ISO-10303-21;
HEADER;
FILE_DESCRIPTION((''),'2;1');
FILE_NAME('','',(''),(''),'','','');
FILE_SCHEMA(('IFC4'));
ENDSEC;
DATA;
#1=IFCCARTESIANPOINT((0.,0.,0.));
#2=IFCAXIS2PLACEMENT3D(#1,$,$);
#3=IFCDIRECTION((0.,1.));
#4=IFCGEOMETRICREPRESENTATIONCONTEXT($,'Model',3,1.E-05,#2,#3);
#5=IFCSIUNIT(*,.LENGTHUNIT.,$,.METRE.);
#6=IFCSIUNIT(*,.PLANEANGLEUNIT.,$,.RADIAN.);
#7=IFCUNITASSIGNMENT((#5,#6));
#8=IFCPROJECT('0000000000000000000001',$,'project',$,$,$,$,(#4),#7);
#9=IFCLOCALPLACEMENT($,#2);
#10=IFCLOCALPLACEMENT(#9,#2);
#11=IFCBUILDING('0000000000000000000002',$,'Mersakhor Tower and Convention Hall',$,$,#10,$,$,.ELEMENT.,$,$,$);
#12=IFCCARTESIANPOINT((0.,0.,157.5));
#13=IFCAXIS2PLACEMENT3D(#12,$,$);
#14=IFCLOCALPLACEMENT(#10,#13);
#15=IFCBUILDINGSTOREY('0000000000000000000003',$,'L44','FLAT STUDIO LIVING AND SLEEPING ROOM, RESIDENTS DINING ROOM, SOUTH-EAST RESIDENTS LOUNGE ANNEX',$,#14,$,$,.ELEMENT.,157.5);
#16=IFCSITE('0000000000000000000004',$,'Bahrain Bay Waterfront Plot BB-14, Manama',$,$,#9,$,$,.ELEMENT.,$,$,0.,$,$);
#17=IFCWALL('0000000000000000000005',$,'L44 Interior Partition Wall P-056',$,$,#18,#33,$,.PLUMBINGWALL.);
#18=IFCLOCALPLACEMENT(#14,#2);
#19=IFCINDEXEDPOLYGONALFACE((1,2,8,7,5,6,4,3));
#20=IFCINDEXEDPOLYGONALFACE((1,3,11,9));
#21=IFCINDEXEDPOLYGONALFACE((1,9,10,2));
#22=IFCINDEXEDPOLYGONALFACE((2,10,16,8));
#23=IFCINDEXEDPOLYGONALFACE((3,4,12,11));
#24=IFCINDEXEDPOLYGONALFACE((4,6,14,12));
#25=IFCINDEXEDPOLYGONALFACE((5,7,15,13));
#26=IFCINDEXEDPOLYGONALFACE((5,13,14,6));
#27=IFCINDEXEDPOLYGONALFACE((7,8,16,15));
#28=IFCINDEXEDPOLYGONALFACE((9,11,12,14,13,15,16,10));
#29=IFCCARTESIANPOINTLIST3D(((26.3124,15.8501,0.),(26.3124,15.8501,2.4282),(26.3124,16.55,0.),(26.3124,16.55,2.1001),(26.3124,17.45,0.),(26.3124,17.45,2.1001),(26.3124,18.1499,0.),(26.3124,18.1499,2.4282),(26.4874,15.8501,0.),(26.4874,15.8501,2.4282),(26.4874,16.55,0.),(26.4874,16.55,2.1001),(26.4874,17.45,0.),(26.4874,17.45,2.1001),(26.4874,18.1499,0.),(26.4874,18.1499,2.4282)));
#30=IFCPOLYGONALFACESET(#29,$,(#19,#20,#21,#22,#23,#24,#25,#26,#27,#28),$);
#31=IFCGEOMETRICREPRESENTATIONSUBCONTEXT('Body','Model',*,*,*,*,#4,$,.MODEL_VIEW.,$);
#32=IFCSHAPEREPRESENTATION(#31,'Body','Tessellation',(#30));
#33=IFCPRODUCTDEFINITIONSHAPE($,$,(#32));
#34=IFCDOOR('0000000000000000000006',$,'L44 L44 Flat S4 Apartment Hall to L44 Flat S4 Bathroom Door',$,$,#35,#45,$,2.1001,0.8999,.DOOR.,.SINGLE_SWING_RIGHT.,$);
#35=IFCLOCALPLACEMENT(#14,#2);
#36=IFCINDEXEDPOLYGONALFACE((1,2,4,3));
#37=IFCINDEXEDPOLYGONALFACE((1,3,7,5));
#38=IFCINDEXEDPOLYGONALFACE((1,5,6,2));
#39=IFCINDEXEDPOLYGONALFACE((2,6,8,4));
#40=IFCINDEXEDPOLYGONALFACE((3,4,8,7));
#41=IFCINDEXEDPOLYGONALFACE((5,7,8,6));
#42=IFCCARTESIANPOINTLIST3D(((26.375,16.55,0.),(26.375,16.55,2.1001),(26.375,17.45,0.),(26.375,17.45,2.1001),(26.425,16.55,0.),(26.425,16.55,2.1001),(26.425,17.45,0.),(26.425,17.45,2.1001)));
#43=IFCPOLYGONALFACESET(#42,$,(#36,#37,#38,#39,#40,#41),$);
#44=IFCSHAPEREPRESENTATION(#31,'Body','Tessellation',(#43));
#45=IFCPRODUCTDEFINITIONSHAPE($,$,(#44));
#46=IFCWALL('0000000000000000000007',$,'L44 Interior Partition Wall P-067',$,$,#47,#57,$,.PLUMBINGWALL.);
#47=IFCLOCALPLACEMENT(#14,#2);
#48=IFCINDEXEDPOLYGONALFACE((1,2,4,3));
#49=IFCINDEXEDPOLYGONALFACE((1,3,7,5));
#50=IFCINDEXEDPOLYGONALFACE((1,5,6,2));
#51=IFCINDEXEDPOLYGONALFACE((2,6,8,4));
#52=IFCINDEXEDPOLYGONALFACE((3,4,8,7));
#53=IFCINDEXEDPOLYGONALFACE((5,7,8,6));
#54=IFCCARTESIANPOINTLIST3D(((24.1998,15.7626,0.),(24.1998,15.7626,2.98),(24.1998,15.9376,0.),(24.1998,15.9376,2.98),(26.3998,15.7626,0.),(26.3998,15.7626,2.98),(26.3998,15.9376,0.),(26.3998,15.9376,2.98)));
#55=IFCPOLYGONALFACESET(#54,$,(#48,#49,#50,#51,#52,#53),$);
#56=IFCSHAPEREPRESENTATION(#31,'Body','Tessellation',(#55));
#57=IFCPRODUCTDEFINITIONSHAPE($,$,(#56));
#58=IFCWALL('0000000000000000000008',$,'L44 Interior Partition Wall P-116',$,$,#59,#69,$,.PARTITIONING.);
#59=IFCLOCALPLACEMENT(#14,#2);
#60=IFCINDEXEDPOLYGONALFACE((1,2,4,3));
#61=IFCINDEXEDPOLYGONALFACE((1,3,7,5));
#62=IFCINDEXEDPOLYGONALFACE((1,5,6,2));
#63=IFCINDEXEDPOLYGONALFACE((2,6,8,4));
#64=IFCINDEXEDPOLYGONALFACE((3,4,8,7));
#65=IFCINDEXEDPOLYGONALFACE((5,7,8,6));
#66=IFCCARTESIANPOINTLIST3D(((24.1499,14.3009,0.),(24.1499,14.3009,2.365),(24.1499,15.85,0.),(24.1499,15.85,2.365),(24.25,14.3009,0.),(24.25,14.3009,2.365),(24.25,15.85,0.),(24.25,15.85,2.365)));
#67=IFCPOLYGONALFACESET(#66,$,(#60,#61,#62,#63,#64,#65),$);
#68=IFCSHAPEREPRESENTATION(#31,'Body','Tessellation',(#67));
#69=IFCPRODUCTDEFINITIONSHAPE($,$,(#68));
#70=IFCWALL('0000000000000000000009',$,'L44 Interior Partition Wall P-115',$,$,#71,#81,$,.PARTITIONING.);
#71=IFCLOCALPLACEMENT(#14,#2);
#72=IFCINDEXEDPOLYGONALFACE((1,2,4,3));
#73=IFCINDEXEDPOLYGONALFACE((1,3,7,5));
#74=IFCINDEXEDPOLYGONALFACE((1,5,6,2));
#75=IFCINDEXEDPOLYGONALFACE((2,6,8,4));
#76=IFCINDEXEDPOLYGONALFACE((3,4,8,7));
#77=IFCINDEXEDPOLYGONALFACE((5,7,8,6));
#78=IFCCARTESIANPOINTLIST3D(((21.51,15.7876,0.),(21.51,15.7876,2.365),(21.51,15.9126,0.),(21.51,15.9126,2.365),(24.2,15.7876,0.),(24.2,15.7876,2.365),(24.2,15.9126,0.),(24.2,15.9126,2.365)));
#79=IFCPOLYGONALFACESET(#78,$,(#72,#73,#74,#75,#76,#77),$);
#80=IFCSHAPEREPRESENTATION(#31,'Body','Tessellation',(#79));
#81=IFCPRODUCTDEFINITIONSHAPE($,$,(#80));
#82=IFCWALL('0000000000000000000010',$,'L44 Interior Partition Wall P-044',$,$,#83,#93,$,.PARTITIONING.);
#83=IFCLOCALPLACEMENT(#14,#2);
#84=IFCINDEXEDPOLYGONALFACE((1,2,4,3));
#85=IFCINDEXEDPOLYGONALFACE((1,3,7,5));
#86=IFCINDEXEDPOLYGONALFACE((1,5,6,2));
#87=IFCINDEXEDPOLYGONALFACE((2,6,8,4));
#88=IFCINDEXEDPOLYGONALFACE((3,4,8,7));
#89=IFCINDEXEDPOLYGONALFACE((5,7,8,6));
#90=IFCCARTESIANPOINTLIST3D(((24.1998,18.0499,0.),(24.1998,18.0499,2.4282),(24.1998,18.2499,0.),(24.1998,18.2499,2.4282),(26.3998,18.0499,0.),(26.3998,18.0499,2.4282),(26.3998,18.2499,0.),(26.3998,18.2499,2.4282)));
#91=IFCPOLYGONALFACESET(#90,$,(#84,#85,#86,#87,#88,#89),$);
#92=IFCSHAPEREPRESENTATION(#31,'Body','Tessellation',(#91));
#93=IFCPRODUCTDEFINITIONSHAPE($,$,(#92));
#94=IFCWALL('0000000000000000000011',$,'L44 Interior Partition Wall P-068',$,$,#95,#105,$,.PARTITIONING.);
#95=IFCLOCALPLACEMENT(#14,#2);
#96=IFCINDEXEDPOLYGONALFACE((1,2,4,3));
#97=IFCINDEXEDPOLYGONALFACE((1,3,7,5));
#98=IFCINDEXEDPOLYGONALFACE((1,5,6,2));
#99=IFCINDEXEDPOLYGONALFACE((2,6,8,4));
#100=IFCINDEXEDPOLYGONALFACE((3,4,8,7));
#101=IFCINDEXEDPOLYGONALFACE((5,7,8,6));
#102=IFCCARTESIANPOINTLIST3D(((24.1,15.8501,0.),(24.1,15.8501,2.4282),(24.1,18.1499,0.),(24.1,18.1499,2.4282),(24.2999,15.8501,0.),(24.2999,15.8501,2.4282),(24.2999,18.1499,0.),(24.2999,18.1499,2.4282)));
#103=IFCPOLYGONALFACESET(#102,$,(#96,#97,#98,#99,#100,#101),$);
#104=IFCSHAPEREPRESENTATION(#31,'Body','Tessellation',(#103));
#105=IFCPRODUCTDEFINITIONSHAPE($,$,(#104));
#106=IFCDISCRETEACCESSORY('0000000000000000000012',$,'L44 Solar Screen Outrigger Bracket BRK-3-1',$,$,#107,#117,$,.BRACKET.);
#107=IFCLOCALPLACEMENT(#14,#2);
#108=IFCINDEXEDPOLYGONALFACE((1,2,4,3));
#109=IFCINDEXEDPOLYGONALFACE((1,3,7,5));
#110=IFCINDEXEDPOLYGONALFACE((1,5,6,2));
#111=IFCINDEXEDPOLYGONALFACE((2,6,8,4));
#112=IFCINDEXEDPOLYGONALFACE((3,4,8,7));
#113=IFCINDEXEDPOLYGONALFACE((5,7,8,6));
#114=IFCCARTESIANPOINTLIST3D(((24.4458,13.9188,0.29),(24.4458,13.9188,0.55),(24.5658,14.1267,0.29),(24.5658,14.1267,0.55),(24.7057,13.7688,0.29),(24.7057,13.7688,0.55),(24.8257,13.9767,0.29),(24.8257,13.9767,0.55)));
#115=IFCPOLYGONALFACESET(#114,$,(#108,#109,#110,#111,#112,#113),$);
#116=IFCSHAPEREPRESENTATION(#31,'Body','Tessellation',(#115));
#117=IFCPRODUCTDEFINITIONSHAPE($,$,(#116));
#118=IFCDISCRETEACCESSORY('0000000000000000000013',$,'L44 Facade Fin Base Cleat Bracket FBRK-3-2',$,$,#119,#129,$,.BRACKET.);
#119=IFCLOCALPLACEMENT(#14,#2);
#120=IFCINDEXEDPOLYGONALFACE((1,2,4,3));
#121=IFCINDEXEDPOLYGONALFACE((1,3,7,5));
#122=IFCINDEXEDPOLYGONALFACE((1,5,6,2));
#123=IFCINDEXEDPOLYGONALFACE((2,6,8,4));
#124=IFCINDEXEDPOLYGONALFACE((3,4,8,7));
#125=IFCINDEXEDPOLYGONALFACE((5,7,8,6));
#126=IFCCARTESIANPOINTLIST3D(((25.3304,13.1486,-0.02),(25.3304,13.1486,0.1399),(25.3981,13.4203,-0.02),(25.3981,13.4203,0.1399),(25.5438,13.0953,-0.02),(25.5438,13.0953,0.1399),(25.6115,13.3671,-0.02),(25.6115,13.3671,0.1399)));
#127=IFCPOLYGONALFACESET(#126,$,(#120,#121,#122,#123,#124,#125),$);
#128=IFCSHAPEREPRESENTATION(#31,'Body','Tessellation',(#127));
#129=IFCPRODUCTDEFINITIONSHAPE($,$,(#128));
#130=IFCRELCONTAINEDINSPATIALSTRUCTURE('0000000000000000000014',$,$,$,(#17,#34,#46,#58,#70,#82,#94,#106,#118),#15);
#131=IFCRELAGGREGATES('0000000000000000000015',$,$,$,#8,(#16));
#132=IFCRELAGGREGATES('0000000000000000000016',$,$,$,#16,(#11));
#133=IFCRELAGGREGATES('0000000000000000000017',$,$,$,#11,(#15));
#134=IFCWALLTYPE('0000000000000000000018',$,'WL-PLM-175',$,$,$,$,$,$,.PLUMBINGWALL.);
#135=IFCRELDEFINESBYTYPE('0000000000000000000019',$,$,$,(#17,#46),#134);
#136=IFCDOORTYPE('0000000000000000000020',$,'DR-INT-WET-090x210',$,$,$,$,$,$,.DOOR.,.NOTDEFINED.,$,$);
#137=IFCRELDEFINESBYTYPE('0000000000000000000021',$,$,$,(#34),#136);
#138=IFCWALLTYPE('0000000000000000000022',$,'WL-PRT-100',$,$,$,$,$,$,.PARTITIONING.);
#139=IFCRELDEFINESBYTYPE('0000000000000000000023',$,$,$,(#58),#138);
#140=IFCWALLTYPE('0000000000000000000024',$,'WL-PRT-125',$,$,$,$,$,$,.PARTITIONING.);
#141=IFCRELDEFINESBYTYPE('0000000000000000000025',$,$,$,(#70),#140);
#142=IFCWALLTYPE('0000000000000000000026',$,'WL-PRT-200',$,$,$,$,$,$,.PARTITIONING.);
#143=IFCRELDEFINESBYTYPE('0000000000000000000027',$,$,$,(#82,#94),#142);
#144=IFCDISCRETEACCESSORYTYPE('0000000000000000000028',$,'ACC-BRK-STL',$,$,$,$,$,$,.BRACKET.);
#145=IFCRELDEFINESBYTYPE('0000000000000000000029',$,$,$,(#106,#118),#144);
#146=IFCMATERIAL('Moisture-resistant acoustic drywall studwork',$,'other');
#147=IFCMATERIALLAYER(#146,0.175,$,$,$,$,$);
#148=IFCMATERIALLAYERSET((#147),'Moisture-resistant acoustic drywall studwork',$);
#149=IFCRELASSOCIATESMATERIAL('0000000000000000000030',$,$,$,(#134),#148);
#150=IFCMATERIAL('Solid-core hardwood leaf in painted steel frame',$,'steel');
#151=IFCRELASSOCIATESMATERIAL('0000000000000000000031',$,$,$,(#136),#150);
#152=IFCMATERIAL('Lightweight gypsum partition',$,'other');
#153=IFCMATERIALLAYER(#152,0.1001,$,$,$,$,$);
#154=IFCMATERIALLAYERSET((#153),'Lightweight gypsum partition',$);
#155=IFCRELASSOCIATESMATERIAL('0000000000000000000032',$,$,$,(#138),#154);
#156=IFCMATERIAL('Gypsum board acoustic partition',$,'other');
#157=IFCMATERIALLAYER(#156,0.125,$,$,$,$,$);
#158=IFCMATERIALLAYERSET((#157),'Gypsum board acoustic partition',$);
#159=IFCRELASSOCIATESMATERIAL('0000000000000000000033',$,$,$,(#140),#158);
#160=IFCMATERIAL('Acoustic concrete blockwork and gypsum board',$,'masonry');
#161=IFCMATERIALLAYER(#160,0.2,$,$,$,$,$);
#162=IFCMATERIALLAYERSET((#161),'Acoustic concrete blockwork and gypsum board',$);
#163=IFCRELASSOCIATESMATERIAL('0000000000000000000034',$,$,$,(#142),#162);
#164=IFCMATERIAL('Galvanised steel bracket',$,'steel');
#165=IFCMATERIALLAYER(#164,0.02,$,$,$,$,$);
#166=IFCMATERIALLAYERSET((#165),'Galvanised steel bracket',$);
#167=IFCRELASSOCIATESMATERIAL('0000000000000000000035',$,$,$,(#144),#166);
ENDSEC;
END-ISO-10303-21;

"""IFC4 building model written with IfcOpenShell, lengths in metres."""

from ifc_helpers import new_model, si_unit, direction, frame, frame_2d, origin, origin_2d, place, context, subcontext, project, spatial, rectangle, extrude, material, layer, layer_set, type_object, element, fill, save


model = new_model("IFC4")

# Units and contexts
model_context = context("Model", 3, precision=1e-05, world=origin(), true_north=direction((0.0, 1.0)))
body_context = subcontext(model_context, "Body", "Model", "MODEL_VIEW")
ifc_project = project(units=[si_unit("LENGTHUNIT", "METRE"), si_unit("PLANEANGLEUNIT", "RADIAN")], contexts=[model_context])

# Site, building, storey
site_placement = place(None, origin())
site = spatial("IfcSite", under=ifc_project, at=site_placement, Name="Bahrain Bay Waterfront Plot BB-14, Manama", CompositionType="ELEMENT", RefElevation=0.0)
building_placement = place(site_placement, origin())
building = spatial("IfcBuilding", under=site, at=building_placement, Name="Mersakhor Tower and Convention Hall", CompositionType="ELEMENT")
storey_placement = place(building_placement, frame((0.0, 0.0, 157.5)))
storey = spatial("IfcBuildingStorey", under=building, at=storey_placement, Name="L44", Description="FLAT STUDIO LIVING AND SLEEPING ROOM, RESIDENTS DINING ROOM, SOUTH-EAST RESIDENTS LOUNGE ANNEX", CompositionType="ELEMENT", Elevation=157.5)

# Wall, opening, door
ifc_material_1 = material(Name="Moisture-resistant acoustic drywall studwork", Category="other")
ifc_layer_1 = layer(ifc_material_1, 0.175)
ifc_layer_set_1 = layer_set([ifc_layer_1], Name="Moisture-resistant acoustic drywall studwork")
wall_type_1 = type_object("IfcWallType", Name="WL-PLM-175", PredefinedType="PLUMBINGWALL", material=ifc_layer_set_1)
wall_1_placement = place(storey_placement, frame((26.3999, 15.8501, 0.0), z_axis=(0.0, 0.0, 1.0), x_axis=(0.0, 1.0, 0.0)))
wall_1 = element("IfcWall", 1, at=wall_1_placement, inside=storey, type_object=wall_type_1, Name="L44 Interior Partition Wall P-056", PredefinedType="PLUMBINGWALL", context=body_context, shape_type="SweptSolid", body=[
    extrude(rectangle(XDim=2.2998, YDim=0.175, at=frame_2d((1.1499, 0.0))), origin(), (0.0, 0.0, 1.0), 2.4282),
])
opening_1_placement = place(wall_1_placement, frame((0.7, 0.0, 0.0)))
opening_1 = element("IfcOpeningElement", 2, at=opening_1_placement, cuts=wall_1, PredefinedType="OPENING", context=body_context, shape_type="SweptSolid", body=[
    extrude(rectangle(XDim=0.8999, YDim=2.1001, at=frame_2d((0.45, 1.05))), frame((0.0, 0.0974, 0.0), z_axis=(0.0, -1.0, 0.0), x_axis=(1.0, 0.0, 0.0)), (0.0, 0.0, 1.0), 0.1951),
])
ifc_material_2 = material(Name="Solid-core hardwood leaf in painted steel frame", Category="steel")
door_type_1 = type_object("IfcDoorType", Name="DR-INT-WET-090x210", OperationType="NOTDEFINED", PredefinedType="DOOR", material=ifc_material_2)
door_1_placement = place(opening_1_placement, origin())
door_1 = element("IfcDoor", 3, at=door_1_placement, inside=storey, type_object=door_type_1, Name="L44 L44 Flat S4 Apartment Hall to L44 Flat S4 Bathroom Door", OperationType="SINGLE_SWING_RIGHT", OverallHeight=2.1001, OverallWidth=0.8999, PredefinedType="DOOR", context=body_context, shape_type="SweptSolid", body=[
    extrude(rectangle(XDim=0.8999, YDim=2.1001, at=frame_2d((0.45, 1.05))), frame((0.0, 0.0249, 0.0), z_axis=(0.0, -1.0, 0.0), x_axis=(1.0, 0.0, 0.0)), (0.0, 0.0, 1.0), 0.05),
])
fill(opening_1, door_1)

# Walls
wall_2_placement = place(storey_placement, frame((26.3999, 15.8501, 0.0), z_axis=(0.0, 0.0, 1.0), x_axis=(-1.0, 0.0, 0.0)))
element("IfcWall", 4, at=wall_2_placement, inside=storey, type_object=wall_type_1, Name="L44 Interior Partition Wall P-067", PredefinedType="PLUMBINGWALL", context=body_context, shape_type="SweptSolid", body=[
    extrude(rectangle(XDim=2.2, YDim=0.175, at=frame_2d((1.1001, 0.0))), origin(), (0.0, 0.0, 1.0), 2.98),
])
ifc_material_3 = material(Name="Lightweight gypsum partition", Category="other")
ifc_layer_2 = layer(ifc_material_3, 0.1001)
ifc_layer_set_2 = layer_set([ifc_layer_2], Name="Lightweight gypsum partition")
wall_type_2 = type_object("IfcWallType", Name="WL-PRT-100", PredefinedType="PARTITIONING", material=ifc_layer_set_2)
wall_3_placement = place(storey_placement, frame((24.2, 14.301, 0.0), z_axis=(0.0, 0.0, 1.0), x_axis=(0.0, 1.0, 0.0)))
element("IfcWall", 5, at=wall_3_placement, inside=storey, type_object=wall_type_2, Name="L44 Interior Partition Wall P-116", PredefinedType="PARTITIONING", context=body_context, shape_type="SweptSolid", body=[
    extrude(rectangle(XDim=1.5491, YDim=0.1001, at=frame_2d((0.7744, 0.0))), origin(), (0.0, 0.0, 1.0), 2.365),
])
ifc_material_4 = material(Name="Gypsum board acoustic partition", Category="other")
ifc_layer_3 = layer(ifc_material_4, 0.125)
ifc_layer_set_3 = layer_set([ifc_layer_3], Name="Gypsum board acoustic partition")
wall_type_3 = type_object("IfcWallType", Name="WL-PRT-125", PredefinedType="PARTITIONING", material=ifc_layer_set_3)
wall_4_placement = place(storey_placement, frame((24.2, 15.8501, 0.0), z_axis=(0.0, 0.0, 1.0), x_axis=(-1.0, 0.0, 0.0)))
element("IfcWall", 6, at=wall_4_placement, inside=storey, type_object=wall_type_3, Name="L44 Interior Partition Wall P-115", PredefinedType="PARTITIONING", context=body_context, shape_type="SweptSolid", body=[
    extrude(rectangle(XDim=2.6899, YDim=0.125, at=frame_2d((1.345, 0.0))), origin(), (0.0, 0.0, 1.0), 2.365),
])
ifc_material_5 = material(Name="Acoustic concrete blockwork and gypsum board", Category="masonry")
ifc_layer_4 = layer(ifc_material_5, 0.2)
ifc_layer_set_4 = layer_set([ifc_layer_4], Name="Acoustic concrete blockwork and gypsum board")
wall_type_4 = type_object("IfcWallType", Name="WL-PRT-200", PredefinedType="PARTITIONING", material=ifc_layer_set_4)
wall_5_placement = place(storey_placement, frame((26.3999, 18.1499, 0.0), z_axis=(0.0, 0.0, 1.0), x_axis=(-1.0, 0.0, 0.0)))
element("IfcWall", 7, at=wall_5_placement, inside=storey, type_object=wall_type_4, Name="L44 Interior Partition Wall P-044", PredefinedType="PARTITIONING", context=body_context, shape_type="SweptSolid", body=[
    extrude(rectangle(XDim=2.2, YDim=0.2, at=frame_2d((1.1001, 0.0))), origin(), (0.0, 0.0, 1.0), 2.4282),
])

# Wall
wall_6_placement = place(storey_placement, frame((24.2, 15.8501, 0.0), z_axis=(0.0, 0.0, 1.0), x_axis=(0.0, 1.0, 0.0)))
element("IfcWall", 8, at=wall_6_placement, inside=storey, type_object=wall_type_4, Name="L44 Interior Partition Wall P-068", PredefinedType="PARTITIONING", context=body_context, shape_type="SweptSolid", body=[
    extrude(rectangle(XDim=2.2998, YDim=0.2, at=frame_2d((1.1499, 0.0))), origin(), (0.0, 0.0, 1.0), 2.4282),
])

# Discrete accessories
ifc_material_6 = material(Name="Galvanised steel bracket", Category="steel")
ifc_layer_5 = layer(ifc_material_6, 0.02)
ifc_layer_set_5 = layer_set([ifc_layer_5], Name="Galvanised steel bracket")
discrete_accessory_type = type_object("IfcDiscreteAccessoryType", Name="ACC-BRK-STL", PredefinedType="BRACKET", material=ifc_layer_set_5)
discrete_accessory_1_placement = place(storey_placement, frame((24.6357, 13.9478, 0.29), z_axis=(0.0, 0.0, 1.0), x_axis=(-0.866025, 0.5, 0.0)))
element("IfcDiscreteAccessory", 9, at=discrete_accessory_1_placement, inside=storey, type_object=discrete_accessory_type, Name="L44 Solar Screen Outrigger Bracket BRK-3-1", PredefinedType="BRACKET", context=body_context, shape_type="SweptSolid", body=[
    extrude(rectangle(XDim=0.3, YDim=0.24, at=origin_2d()), origin(), (0.0, 0.0, 1.0), 0.26),
])
discrete_accessory_2_placement = place(storey_placement, frame((25.4709, 13.2578, -0.02), z_axis=(0.0, 0.0, 1.0), x_axis=(-0.241922, -0.970296, 0.0)))
element("IfcDiscreteAccessory", 10, at=discrete_accessory_2_placement, inside=storey, type_object=discrete_accessory_type, Name="L44 Facade Fin Base Cleat Bracket FBRK-3-2", PredefinedType="BRACKET", context=body_context, shape_type="SweptSolid", body=[
    extrude(rectangle(XDim=0.28, YDim=0.22, at=origin_2d()), origin(), (0.0, 0.0, 1.0), 0.1599),
])

save(model, "model.ifc")
